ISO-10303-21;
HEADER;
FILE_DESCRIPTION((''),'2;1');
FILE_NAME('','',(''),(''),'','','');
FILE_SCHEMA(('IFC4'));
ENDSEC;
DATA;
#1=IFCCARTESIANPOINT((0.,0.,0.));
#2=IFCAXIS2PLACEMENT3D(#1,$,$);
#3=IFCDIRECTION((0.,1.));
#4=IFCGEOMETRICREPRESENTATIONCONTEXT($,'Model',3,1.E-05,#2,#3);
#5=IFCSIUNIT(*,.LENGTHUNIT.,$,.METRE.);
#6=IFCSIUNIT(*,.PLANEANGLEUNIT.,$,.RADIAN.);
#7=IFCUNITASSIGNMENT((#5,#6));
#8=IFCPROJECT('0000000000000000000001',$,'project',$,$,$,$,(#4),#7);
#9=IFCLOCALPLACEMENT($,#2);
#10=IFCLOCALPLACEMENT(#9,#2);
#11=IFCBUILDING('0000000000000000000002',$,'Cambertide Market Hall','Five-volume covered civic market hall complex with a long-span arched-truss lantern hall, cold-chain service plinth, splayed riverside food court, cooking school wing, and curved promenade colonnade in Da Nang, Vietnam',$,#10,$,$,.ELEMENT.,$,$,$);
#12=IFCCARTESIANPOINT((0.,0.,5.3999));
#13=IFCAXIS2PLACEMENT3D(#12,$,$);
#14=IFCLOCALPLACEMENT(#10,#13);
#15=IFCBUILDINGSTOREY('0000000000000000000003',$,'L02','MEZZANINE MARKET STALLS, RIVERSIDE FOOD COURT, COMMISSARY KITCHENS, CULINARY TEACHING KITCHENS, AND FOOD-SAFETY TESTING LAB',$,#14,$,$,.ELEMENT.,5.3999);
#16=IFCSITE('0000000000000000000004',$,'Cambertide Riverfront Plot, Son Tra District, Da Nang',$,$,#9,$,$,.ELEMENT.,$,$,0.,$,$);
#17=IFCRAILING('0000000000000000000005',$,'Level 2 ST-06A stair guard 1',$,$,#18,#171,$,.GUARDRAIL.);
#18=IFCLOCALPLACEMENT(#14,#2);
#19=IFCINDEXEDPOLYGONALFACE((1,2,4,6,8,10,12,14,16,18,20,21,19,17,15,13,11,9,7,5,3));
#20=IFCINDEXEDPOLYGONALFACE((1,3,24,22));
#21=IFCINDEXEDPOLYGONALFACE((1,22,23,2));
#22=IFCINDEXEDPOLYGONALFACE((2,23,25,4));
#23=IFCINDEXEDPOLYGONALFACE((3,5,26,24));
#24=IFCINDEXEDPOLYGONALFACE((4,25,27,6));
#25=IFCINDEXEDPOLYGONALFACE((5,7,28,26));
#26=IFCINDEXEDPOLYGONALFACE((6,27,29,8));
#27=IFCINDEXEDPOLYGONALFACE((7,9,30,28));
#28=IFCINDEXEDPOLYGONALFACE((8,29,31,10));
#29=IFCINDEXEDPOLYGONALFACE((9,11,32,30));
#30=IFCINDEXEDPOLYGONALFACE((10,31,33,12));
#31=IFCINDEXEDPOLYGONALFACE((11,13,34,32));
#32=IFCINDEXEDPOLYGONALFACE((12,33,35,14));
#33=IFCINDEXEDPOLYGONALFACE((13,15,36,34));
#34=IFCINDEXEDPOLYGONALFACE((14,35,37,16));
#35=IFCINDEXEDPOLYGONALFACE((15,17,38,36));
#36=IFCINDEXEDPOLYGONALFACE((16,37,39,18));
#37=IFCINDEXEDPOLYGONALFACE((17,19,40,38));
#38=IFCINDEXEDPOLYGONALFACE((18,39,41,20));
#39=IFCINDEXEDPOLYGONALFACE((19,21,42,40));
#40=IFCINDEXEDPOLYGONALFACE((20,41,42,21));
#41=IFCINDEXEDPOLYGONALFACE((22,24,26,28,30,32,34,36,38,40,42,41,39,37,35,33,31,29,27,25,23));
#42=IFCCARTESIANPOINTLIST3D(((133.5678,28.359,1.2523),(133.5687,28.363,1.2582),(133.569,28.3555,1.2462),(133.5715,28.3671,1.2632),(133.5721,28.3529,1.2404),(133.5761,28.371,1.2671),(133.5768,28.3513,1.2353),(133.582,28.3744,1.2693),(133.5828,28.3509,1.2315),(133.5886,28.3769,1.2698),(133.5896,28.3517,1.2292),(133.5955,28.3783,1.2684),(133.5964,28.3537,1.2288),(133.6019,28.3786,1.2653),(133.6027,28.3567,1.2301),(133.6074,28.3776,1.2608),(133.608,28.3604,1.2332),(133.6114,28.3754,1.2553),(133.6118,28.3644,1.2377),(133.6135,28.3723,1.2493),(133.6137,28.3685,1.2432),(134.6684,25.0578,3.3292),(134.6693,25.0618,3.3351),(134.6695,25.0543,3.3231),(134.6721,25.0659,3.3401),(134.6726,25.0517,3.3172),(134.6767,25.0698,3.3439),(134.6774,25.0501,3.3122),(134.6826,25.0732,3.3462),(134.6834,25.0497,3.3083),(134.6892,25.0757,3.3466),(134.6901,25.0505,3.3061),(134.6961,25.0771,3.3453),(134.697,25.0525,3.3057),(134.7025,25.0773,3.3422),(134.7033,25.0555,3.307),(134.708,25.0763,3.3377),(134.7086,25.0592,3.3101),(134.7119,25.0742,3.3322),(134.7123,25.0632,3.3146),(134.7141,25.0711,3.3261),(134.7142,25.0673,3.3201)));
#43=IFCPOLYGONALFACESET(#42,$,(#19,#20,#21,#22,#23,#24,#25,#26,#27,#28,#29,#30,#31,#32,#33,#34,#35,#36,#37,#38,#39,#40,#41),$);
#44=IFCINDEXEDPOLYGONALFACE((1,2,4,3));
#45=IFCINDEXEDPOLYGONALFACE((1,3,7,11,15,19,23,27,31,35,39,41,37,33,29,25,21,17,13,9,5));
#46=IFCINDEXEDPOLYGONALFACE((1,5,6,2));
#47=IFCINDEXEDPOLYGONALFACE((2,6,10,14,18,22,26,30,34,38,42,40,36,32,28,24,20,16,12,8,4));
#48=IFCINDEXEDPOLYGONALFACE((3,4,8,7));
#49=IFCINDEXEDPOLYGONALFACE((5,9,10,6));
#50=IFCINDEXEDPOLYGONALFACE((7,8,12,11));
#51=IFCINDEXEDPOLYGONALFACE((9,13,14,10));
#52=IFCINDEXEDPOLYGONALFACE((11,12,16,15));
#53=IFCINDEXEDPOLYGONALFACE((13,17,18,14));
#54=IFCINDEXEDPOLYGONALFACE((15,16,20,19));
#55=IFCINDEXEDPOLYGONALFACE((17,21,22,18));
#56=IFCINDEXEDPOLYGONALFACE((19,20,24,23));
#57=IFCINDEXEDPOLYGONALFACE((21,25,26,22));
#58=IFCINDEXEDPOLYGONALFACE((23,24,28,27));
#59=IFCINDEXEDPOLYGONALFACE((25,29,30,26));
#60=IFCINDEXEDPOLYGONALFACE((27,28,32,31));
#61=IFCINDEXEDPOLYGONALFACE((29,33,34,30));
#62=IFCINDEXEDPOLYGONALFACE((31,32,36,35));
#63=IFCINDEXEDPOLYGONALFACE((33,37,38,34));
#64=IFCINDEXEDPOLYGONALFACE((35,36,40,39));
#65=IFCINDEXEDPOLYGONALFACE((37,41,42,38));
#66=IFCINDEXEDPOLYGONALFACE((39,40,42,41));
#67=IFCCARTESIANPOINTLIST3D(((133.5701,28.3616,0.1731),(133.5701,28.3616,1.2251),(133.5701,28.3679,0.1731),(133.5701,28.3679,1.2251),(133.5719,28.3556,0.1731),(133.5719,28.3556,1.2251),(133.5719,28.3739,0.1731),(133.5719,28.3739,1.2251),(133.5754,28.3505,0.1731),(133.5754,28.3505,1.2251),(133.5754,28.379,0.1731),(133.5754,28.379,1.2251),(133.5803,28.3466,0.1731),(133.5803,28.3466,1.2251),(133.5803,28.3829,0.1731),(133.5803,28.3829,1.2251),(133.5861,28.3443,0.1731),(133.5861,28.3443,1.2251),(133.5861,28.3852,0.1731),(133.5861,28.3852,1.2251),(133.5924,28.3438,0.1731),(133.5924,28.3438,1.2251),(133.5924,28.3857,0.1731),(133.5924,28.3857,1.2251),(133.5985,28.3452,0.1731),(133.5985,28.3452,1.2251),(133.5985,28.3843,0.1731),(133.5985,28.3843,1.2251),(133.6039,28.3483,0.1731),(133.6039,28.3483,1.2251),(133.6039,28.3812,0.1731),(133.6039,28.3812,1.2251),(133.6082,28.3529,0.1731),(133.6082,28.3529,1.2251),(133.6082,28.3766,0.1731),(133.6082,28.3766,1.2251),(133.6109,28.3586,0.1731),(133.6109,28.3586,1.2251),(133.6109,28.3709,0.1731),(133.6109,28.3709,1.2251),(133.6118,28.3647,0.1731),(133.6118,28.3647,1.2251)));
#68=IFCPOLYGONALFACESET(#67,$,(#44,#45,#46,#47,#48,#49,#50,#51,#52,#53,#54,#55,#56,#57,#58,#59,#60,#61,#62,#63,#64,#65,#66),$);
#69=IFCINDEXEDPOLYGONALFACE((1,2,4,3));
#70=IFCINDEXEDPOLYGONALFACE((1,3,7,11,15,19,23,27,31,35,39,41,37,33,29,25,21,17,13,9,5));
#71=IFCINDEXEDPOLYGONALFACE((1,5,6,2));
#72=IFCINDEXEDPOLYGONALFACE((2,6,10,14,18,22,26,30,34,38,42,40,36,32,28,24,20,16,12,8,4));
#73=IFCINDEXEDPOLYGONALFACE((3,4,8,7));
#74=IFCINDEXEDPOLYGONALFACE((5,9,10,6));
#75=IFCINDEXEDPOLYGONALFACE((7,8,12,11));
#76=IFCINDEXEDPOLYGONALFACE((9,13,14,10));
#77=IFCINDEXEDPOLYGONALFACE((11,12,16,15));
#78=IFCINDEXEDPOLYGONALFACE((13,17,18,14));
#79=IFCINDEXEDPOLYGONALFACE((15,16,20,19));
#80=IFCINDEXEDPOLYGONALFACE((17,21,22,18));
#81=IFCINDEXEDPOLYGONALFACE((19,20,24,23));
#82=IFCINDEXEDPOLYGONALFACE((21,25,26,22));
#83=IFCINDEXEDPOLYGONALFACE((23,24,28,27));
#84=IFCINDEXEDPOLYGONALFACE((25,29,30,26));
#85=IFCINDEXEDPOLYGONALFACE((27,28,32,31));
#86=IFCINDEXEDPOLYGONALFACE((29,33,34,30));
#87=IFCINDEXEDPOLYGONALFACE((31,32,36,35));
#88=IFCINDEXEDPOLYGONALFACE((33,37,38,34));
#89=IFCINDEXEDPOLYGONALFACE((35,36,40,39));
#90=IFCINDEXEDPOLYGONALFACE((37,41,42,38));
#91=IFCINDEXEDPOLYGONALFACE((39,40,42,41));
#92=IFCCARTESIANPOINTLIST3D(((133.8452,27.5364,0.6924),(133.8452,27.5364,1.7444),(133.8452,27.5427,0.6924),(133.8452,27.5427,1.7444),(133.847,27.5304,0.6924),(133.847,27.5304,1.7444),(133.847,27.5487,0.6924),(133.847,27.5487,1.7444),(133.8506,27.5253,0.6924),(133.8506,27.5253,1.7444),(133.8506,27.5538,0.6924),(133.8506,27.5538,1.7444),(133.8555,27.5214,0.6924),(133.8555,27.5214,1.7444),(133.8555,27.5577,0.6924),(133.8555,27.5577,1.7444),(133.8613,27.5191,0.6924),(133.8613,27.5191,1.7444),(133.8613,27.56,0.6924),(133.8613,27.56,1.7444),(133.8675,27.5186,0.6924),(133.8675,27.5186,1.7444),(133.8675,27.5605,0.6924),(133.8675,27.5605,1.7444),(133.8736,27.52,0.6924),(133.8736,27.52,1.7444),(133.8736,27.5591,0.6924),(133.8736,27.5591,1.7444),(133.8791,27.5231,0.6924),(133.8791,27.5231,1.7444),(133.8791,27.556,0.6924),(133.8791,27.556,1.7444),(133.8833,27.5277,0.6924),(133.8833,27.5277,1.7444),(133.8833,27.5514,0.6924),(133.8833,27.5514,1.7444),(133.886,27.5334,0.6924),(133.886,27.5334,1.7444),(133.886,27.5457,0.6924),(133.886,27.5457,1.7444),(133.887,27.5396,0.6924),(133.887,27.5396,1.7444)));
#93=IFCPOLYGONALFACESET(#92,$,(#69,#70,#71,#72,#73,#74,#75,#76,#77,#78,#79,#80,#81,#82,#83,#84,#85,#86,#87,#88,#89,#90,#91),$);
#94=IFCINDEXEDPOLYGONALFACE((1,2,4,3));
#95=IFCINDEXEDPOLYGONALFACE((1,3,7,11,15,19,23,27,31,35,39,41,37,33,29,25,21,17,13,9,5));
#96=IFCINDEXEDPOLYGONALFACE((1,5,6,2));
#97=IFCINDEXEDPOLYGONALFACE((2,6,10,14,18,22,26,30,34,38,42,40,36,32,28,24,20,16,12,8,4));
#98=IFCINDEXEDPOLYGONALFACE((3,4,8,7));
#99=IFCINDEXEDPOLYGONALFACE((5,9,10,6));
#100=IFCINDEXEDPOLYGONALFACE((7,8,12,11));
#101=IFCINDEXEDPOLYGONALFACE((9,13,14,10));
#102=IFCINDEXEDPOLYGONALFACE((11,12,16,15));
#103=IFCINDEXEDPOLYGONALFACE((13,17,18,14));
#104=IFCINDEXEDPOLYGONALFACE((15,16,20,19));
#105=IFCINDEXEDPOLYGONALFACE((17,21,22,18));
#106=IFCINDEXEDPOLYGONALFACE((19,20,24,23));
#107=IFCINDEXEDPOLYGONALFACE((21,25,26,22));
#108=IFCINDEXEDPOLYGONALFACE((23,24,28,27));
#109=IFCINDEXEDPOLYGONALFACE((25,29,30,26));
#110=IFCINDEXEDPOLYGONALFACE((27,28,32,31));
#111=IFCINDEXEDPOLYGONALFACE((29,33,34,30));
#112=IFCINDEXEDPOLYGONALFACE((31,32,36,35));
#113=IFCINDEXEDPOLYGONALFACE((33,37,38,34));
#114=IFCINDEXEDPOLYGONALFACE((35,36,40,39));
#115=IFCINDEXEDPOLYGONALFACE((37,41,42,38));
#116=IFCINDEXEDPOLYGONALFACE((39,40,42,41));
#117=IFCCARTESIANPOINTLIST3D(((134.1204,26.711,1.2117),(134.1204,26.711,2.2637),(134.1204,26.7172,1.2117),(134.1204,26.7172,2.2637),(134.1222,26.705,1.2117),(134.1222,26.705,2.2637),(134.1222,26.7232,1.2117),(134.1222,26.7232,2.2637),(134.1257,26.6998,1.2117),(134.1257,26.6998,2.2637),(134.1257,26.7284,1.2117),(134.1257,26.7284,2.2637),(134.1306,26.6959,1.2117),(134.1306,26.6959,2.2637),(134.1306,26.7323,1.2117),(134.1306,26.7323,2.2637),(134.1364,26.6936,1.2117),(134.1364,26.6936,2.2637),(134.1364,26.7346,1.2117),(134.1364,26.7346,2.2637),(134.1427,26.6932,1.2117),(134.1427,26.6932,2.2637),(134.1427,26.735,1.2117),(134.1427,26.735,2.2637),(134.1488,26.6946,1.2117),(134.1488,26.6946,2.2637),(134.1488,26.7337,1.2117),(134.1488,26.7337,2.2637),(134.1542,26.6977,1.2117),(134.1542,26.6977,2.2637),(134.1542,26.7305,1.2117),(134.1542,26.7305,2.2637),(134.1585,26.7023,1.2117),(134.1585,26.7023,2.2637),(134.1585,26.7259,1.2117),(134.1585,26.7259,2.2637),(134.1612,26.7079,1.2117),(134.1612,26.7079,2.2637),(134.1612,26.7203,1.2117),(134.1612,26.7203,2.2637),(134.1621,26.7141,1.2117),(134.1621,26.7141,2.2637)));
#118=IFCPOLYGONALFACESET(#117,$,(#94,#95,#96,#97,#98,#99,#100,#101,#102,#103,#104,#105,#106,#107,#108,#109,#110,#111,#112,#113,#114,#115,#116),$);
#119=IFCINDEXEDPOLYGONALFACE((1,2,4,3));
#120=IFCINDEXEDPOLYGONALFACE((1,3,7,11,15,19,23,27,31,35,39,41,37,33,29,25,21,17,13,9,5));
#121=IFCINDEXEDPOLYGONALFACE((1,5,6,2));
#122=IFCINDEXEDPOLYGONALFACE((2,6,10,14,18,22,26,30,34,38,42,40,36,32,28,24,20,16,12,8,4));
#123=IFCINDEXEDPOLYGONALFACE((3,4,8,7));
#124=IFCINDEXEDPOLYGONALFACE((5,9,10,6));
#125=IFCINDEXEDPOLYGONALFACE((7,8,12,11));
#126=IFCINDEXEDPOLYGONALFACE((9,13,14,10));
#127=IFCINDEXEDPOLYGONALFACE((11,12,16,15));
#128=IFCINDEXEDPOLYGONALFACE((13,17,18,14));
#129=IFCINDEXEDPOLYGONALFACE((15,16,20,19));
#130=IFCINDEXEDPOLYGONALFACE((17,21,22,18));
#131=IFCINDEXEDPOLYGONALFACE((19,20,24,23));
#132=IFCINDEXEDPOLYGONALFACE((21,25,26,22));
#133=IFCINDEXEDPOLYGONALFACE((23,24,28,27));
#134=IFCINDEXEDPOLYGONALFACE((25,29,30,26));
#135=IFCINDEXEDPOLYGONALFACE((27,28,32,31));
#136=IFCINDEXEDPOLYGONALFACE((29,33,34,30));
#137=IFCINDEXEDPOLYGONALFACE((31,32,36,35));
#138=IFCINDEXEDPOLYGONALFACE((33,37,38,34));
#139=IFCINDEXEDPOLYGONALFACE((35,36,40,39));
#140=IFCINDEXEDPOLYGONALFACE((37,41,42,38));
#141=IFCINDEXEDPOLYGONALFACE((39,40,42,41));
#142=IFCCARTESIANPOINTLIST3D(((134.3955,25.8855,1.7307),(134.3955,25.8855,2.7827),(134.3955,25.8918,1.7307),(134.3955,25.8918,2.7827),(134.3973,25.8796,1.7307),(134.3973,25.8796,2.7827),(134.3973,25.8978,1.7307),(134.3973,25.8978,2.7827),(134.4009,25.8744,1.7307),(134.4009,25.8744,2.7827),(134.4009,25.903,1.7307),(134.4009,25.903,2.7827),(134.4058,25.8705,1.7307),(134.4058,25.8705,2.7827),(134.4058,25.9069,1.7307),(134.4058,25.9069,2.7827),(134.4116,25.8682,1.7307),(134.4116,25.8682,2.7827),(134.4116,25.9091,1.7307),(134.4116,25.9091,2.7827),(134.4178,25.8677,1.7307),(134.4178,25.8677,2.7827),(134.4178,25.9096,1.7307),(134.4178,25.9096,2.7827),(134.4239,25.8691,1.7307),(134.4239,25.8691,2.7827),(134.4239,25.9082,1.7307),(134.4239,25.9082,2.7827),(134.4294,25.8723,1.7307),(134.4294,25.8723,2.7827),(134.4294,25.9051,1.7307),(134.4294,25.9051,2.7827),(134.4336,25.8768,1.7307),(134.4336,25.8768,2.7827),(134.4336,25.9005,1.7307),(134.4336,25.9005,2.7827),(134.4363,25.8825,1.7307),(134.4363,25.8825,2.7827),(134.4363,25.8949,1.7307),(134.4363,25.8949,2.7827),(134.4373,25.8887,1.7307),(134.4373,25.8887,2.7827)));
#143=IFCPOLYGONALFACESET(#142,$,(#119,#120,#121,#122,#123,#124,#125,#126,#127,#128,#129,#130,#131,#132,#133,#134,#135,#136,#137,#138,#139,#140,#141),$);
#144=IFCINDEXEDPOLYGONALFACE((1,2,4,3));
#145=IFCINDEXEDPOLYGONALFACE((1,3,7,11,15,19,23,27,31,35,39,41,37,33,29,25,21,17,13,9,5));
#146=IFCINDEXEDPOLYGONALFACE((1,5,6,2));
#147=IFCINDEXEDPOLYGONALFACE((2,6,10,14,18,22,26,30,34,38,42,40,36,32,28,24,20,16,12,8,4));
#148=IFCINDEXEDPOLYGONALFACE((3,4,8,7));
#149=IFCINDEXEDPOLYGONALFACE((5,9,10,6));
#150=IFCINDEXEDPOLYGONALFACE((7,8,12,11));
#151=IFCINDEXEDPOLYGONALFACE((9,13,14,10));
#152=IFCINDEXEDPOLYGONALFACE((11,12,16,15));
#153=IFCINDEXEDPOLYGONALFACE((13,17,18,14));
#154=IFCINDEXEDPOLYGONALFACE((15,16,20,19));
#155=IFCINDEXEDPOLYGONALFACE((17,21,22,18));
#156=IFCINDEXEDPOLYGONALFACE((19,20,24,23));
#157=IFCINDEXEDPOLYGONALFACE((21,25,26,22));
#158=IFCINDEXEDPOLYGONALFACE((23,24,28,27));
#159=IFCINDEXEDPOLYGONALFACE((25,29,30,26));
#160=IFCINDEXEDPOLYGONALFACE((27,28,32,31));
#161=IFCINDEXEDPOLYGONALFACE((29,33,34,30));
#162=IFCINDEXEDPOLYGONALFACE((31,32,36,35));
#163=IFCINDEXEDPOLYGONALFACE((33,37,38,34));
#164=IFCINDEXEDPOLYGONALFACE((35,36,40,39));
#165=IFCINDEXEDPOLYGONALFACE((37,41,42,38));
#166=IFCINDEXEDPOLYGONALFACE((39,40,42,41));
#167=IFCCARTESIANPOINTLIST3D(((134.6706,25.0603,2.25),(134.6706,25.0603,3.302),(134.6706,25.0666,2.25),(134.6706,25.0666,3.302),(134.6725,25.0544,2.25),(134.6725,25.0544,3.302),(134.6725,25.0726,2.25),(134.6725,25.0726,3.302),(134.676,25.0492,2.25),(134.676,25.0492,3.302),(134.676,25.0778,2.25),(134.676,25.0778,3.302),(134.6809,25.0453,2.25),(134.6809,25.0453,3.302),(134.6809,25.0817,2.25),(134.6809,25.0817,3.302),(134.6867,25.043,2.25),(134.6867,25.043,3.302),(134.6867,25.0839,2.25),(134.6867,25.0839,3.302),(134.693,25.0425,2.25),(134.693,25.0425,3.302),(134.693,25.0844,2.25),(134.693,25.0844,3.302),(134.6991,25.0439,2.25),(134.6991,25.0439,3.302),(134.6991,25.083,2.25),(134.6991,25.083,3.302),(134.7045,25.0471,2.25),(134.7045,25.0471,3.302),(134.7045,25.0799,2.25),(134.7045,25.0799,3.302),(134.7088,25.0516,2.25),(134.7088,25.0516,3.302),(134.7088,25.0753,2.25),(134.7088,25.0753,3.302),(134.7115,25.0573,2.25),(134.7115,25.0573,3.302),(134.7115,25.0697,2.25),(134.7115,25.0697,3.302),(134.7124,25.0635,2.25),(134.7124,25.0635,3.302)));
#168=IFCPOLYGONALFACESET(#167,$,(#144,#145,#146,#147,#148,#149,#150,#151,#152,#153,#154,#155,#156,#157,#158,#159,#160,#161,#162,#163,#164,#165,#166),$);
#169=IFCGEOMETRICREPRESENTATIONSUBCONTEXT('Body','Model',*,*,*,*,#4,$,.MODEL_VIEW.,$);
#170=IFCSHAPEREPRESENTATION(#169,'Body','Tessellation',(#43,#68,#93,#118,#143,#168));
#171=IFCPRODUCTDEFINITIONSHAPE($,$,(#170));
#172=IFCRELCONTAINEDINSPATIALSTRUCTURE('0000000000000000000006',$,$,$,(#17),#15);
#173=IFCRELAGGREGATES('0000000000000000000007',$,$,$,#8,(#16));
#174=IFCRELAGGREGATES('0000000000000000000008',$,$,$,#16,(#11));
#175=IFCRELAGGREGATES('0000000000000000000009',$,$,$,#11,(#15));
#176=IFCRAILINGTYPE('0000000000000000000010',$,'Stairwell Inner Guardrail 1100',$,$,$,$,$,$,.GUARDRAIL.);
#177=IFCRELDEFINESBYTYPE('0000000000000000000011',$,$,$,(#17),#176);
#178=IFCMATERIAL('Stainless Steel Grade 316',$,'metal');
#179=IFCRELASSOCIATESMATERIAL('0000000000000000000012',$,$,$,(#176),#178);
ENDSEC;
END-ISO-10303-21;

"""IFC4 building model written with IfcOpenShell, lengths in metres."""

from ifc_helpers import new_model, si_unit, direction, frame, origin, origin_2d, place, context, subcontext, project, spatial, circle, extrude, material, type_object, element, save


model = new_model("IFC4")

# Units and contexts
model_context = context("Model", 3, precision=1e-05, world=origin(), true_north=direction((0.0, 1.0)))
body_context = subcontext(model_context, "Body", "Model", "MODEL_VIEW")
ifc_project = project(units=[si_unit("LENGTHUNIT", "METRE"), si_unit("PLANEANGLEUNIT", "RADIAN")], contexts=[model_context])

# Site, building, storey
site_placement = place(None, origin())
site = spatial("IfcSite", under=ifc_project, at=site_placement, Name="Cambertide Riverfront Plot, Son Tra District, Da Nang", CompositionType="ELEMENT", RefElevation=0.0)
building_placement = place(site_placement, origin())
building = spatial("IfcBuilding", under=site, at=building_placement, Name="Cambertide Market Hall", Description="Five-volume covered civic market hall complex with a long-span arched-truss lantern hall, cold-chain service plinth, splayed riverside food court, cooking school wing, and curved promenade colonnade in Da Nang, Vietnam", CompositionType="ELEMENT")
storey_placement = place(building_placement, frame((0.0, 0.0, 5.3999)))
storey = spatial("IfcBuildingStorey", under=building, at=storey_placement, Name="L02", Description="MEZZANINE MARKET STALLS, RIVERSIDE FOOD COURT, COMMISSARY KITCHENS, CULINARY TEACHING KITCHENS, AND FOOD-SAFETY TESTING LAB", CompositionType="ELEMENT", Elevation=5.3999)

# Railing
ifc_material_1 = material(Name="Stainless Steel Grade 316", Category="metal")
railing_type_1 = type_object("IfcRailingType", Name="Stairwell Inner Guardrail 1100", PredefinedType="GUARDRAIL", material=ifc_material_1)
railing_1_placement = place(storey_placement, frame((133.5908, 28.3647, 0.1731)))
element("IfcRailing", 1, at=railing_1_placement, inside=storey, type_object=railing_type_1, Name="Level 2 ST-06A stair guard 1", PredefinedType="GUARDRAIL", context=body_context, shape_type="SweptSolid", body=[
    extrude(circle(Radius=0.0239, at=origin_2d()), frame((0.0, 0.0, 1.0762), z_axis=(0.271578, -0.814614, 0.512493), x_axis=(0.948669, 0.31627, 0.0)), (0.0, 0.0, 1.0), 4.0525),
    extrude(circle(Radius=0.021, at=origin_2d()), origin(), (0.0, 0.0, 1.0), 1.052),
    extrude(circle(Radius=0.021, at=origin_2d()), frame((0.2751, -0.8252, 0.5193)), (0.0, 0.0, 1.0), 1.052),
    extrude(circle(Radius=0.021, at=origin_2d()), frame((0.5503, -1.6506, 1.0386)), (0.0, 0.0, 1.0), 1.052),
    extrude(circle(Radius=0.021, at=origin_2d()), frame((0.8254, -2.4761, 1.5576)), (0.0, 0.0, 1.0), 1.052),
    extrude(circle(Radius=0.021, at=origin_2d()), frame((1.1006, -3.3013, 2.0769)), (0.0, 0.0, 1.0), 1.052),
])

save(model, "model.ifc")
